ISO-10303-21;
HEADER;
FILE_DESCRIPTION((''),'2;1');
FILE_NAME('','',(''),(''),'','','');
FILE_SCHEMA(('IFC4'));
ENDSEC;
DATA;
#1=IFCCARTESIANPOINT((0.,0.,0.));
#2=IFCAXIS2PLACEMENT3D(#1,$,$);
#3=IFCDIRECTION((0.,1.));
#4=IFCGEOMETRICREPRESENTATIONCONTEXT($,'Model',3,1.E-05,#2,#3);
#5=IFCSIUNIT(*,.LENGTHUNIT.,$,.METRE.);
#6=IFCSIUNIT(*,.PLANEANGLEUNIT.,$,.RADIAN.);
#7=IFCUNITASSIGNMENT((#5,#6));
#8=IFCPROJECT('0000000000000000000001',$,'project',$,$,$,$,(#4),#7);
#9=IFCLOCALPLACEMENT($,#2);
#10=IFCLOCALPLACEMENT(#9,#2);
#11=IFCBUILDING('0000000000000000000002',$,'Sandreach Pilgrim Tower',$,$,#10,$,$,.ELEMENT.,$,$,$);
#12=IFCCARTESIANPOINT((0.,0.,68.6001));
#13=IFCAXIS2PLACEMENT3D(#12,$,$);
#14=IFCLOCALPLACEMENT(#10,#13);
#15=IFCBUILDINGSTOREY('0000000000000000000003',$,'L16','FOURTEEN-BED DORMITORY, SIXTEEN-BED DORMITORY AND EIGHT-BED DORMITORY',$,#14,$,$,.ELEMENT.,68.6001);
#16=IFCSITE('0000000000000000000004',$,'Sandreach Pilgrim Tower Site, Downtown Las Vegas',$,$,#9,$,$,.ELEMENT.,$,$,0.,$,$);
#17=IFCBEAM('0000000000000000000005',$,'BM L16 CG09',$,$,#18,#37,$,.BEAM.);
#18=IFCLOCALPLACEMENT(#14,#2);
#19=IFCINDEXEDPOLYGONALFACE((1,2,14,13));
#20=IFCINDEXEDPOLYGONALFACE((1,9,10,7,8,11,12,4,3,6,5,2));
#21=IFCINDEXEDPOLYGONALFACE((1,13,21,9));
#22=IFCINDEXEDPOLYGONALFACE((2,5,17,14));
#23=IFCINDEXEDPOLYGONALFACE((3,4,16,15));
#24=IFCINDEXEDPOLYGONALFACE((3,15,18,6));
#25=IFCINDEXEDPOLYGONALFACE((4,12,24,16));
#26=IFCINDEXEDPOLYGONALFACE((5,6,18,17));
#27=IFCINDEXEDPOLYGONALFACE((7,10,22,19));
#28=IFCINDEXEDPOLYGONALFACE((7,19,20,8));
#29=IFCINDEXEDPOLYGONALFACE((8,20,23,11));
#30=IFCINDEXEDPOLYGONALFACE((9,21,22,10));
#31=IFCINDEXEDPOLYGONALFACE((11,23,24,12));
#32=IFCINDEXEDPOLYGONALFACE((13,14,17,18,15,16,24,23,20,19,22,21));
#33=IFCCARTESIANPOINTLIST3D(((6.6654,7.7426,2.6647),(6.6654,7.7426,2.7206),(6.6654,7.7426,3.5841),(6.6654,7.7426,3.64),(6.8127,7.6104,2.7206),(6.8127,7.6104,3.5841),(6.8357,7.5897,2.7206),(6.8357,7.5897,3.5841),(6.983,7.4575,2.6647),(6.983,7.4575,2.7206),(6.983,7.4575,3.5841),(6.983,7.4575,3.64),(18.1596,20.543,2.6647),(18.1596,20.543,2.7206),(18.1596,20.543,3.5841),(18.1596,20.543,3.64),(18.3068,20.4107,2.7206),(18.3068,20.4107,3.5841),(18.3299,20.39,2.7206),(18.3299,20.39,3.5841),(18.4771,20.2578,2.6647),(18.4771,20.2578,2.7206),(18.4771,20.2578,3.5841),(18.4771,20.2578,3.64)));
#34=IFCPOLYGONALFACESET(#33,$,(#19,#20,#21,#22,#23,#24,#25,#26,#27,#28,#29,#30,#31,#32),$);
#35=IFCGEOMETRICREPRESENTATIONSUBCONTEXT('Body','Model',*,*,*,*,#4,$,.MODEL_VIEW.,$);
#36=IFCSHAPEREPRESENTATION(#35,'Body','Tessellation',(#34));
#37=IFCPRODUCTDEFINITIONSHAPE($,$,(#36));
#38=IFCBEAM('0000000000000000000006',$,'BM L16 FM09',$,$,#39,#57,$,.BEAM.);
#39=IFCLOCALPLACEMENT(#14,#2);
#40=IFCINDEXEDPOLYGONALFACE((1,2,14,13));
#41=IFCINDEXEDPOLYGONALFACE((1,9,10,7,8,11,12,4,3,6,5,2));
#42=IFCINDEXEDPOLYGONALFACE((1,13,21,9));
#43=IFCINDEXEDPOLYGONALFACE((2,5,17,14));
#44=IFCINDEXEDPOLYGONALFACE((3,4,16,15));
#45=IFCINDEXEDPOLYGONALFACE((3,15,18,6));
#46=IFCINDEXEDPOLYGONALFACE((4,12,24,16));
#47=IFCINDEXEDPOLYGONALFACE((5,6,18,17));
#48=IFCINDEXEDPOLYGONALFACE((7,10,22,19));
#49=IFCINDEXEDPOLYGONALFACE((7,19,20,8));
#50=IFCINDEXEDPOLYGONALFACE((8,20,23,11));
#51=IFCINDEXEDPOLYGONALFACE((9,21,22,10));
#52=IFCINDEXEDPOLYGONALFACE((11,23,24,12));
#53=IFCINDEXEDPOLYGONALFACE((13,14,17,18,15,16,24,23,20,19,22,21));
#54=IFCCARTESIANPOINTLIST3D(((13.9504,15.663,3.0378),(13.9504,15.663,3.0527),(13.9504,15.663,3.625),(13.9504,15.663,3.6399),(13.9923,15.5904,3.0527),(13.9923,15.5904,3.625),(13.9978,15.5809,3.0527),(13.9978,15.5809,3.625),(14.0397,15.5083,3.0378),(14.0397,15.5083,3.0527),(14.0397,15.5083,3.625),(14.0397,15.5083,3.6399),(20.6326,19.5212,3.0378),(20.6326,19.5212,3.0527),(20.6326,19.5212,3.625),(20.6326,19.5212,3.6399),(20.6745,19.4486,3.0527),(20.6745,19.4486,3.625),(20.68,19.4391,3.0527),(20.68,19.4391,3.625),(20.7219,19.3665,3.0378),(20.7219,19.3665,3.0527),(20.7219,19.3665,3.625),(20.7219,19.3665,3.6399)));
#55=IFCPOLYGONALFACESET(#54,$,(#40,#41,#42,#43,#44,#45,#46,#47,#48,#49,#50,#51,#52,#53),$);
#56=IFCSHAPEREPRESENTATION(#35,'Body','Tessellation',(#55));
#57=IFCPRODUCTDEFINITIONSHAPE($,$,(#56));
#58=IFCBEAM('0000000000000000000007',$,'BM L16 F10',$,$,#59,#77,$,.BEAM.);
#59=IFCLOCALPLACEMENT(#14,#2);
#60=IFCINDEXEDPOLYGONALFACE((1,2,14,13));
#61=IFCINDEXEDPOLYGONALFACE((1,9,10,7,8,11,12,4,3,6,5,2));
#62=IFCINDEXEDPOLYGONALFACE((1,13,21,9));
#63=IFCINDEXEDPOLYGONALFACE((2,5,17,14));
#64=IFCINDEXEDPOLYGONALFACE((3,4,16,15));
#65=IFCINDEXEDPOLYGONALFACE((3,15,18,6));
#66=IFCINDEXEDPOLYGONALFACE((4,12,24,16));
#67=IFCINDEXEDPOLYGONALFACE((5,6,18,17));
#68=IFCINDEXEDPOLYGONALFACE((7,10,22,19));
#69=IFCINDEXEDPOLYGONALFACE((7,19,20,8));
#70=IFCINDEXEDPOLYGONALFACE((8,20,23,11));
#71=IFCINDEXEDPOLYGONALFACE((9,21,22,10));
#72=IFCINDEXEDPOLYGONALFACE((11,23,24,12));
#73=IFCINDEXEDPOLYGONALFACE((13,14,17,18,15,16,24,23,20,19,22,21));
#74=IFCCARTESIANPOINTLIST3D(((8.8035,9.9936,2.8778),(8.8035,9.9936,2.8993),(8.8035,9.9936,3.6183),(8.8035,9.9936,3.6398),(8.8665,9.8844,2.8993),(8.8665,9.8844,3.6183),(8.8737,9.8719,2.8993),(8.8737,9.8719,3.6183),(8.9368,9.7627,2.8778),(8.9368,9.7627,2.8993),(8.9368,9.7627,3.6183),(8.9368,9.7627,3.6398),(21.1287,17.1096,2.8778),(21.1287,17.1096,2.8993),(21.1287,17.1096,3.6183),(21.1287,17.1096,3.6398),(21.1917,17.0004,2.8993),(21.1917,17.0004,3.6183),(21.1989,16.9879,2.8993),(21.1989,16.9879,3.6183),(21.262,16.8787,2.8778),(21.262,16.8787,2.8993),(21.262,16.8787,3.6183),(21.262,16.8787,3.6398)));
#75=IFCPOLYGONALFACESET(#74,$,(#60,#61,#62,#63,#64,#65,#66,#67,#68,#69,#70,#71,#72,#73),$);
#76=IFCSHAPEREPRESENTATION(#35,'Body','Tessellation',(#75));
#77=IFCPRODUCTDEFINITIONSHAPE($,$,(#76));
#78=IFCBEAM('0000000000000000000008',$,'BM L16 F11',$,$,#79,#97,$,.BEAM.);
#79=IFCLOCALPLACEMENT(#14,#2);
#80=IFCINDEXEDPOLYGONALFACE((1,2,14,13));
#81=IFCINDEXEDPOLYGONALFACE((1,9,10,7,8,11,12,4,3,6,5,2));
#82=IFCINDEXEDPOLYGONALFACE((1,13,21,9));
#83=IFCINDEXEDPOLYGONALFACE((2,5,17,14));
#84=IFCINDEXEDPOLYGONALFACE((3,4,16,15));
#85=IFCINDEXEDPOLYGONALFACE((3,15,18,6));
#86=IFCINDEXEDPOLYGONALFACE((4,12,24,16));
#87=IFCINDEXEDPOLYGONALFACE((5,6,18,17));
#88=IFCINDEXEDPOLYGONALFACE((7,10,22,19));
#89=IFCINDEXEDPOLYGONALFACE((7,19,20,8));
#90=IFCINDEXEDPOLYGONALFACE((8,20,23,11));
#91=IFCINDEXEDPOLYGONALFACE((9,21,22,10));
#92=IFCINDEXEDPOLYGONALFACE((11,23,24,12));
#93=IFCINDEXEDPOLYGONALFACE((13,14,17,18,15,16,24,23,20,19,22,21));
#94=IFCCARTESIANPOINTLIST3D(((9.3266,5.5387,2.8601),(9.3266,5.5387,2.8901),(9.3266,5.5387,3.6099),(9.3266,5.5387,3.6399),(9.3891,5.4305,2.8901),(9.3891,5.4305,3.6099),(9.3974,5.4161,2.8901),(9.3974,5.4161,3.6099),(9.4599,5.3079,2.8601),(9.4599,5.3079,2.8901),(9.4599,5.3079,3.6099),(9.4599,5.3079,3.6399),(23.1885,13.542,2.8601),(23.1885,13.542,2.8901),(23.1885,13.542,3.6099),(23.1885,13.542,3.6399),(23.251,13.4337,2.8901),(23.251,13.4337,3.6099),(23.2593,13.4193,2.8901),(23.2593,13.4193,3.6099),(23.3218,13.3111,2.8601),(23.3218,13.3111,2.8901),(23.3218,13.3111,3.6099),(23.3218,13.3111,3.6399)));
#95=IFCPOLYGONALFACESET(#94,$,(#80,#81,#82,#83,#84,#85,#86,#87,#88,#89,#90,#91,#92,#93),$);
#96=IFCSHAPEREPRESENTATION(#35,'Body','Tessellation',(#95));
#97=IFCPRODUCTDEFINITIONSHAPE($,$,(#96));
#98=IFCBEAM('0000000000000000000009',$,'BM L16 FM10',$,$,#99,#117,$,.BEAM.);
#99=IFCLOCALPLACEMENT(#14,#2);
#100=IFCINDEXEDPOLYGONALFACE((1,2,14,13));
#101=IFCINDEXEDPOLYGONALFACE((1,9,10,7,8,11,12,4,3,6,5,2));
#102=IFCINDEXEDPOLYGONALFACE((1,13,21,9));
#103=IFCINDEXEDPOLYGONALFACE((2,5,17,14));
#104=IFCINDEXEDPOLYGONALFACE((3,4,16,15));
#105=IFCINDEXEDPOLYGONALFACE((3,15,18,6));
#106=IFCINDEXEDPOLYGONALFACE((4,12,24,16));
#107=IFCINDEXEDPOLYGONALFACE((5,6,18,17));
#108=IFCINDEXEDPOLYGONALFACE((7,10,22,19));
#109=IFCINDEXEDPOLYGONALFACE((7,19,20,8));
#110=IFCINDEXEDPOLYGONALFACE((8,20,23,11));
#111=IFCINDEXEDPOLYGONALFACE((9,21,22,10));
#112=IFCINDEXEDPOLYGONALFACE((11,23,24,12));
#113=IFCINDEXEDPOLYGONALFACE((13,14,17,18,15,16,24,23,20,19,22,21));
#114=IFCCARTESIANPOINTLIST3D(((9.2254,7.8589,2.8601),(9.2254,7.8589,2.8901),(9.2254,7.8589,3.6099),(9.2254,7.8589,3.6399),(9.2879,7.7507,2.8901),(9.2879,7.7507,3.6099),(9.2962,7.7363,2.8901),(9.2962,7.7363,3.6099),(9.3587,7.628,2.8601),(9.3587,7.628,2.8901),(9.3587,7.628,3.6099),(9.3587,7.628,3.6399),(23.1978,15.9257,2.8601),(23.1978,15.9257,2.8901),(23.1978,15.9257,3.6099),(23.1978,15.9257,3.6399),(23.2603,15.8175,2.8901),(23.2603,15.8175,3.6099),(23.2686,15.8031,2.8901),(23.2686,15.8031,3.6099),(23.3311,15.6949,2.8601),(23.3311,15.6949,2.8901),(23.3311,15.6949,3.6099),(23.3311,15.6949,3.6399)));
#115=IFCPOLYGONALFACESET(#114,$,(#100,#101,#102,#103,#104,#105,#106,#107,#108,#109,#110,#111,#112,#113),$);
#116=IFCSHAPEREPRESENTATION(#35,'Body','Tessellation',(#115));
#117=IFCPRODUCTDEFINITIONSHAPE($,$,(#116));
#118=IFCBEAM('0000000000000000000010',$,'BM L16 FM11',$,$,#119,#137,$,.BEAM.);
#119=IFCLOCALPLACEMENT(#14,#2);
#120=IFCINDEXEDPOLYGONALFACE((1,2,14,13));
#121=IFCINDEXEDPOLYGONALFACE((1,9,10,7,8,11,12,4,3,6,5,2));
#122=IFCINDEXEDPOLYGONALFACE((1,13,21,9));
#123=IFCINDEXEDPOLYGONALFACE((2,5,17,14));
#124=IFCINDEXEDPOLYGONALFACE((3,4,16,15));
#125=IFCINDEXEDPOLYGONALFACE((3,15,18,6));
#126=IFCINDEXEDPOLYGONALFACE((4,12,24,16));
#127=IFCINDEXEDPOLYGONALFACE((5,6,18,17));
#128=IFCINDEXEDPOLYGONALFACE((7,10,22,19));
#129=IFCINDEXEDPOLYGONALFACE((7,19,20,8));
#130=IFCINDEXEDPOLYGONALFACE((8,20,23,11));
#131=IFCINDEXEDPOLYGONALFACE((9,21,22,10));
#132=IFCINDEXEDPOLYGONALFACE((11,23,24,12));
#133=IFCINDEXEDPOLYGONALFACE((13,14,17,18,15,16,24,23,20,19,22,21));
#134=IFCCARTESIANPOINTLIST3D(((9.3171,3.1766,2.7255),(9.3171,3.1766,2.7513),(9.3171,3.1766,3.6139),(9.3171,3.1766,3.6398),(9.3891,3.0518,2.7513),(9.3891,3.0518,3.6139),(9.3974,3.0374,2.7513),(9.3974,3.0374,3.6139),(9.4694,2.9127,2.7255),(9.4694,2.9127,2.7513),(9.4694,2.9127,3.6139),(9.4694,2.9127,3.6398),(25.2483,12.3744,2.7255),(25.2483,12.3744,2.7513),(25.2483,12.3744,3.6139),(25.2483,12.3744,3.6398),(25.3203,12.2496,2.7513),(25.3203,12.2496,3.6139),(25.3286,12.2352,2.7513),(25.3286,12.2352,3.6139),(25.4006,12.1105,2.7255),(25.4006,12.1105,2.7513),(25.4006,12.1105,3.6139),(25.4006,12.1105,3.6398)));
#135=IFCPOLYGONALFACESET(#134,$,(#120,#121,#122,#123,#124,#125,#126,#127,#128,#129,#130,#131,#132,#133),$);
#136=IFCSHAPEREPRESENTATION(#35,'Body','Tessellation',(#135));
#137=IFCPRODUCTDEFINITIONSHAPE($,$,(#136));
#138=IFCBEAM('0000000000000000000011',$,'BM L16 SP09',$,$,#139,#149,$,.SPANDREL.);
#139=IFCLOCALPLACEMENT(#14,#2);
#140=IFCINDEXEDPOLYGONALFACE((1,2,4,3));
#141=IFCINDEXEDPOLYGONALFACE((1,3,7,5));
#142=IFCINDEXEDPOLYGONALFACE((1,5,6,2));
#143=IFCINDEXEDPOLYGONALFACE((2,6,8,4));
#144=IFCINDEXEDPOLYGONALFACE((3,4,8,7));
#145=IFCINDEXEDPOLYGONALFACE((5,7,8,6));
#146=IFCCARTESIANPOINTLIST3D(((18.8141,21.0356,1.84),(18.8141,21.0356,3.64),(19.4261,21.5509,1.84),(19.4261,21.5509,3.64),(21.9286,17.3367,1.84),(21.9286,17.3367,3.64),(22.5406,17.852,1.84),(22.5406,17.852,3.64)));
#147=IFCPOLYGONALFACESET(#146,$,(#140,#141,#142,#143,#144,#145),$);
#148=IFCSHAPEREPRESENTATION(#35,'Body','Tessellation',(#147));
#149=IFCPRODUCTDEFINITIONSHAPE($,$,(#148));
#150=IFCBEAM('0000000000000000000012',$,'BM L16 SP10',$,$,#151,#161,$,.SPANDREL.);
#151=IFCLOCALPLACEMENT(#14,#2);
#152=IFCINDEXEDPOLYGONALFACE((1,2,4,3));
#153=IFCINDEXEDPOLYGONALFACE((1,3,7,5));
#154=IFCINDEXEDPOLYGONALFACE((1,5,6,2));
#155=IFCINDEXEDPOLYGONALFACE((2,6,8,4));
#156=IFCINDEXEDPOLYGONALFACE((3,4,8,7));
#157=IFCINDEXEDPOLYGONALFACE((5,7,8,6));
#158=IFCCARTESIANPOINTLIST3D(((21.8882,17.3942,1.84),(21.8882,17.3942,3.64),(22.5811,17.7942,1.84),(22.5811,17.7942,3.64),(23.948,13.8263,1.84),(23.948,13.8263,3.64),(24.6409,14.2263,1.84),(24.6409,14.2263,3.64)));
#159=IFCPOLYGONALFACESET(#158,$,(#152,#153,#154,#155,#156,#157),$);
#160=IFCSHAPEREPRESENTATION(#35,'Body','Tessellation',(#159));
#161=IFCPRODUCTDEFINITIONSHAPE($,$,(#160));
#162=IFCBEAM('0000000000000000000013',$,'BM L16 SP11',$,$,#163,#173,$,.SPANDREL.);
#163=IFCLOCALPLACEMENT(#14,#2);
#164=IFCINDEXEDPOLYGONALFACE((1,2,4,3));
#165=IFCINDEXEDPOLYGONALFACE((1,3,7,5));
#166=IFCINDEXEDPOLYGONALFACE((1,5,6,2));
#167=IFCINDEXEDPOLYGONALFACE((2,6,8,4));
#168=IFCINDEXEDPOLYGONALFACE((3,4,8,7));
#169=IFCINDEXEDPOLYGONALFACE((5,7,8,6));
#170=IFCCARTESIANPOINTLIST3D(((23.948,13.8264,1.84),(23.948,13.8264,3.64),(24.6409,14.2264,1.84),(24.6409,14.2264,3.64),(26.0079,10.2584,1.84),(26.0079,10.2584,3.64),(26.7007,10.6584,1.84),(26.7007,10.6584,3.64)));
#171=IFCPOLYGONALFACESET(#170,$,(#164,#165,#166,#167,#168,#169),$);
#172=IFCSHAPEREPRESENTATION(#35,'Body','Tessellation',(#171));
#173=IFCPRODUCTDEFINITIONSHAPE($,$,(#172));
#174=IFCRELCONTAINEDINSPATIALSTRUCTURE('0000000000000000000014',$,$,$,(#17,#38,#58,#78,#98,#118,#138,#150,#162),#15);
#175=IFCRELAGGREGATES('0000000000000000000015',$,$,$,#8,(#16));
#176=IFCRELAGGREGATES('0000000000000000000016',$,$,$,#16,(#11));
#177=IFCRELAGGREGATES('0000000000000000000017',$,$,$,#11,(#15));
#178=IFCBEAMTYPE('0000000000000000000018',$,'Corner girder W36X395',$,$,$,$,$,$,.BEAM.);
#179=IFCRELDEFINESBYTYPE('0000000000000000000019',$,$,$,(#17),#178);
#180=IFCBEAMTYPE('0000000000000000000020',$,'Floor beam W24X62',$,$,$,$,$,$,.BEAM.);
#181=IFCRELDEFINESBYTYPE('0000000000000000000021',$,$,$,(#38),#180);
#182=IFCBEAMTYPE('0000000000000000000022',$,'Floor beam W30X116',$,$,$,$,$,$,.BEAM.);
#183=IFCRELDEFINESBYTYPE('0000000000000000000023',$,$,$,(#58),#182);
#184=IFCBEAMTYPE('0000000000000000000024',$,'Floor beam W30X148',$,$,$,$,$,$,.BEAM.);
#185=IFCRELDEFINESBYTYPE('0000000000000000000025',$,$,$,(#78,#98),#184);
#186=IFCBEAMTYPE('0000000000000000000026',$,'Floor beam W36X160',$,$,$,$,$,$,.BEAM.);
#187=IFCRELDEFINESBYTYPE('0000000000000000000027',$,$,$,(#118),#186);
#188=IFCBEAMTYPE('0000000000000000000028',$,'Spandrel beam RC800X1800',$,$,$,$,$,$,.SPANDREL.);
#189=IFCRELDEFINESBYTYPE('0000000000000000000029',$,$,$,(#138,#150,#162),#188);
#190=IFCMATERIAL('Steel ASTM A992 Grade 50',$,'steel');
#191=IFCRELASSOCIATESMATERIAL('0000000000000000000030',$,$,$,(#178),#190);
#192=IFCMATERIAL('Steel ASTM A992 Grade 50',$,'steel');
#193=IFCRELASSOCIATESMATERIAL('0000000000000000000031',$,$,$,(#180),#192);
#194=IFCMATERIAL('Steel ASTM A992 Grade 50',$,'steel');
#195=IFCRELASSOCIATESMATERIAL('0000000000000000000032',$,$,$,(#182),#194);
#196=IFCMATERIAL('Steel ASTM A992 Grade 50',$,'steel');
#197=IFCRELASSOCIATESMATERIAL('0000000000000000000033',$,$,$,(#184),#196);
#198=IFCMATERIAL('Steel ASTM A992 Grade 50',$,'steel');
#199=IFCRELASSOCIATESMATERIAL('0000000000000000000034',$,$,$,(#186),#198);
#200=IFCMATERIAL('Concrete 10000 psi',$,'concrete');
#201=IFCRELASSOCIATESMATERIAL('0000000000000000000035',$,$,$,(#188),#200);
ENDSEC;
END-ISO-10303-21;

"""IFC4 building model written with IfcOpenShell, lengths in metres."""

from ifc_helpers import new_model, si_unit, direction, frame, origin, origin_2d, place, context, subcontext, project, spatial, rectangle, i_section, extrude, material, material_profile, profile_set, type_object, element, save


model = new_model("IFC4")

# Units and contexts
model_context = context("Model", 3, precision=1e-05, world=origin(), true_north=direction((0.0, 1.0)))
body_context = subcontext(model_context, "Body", "Model", "MODEL_VIEW")
ifc_project = project(units=[si_unit("LENGTHUNIT", "METRE"), si_unit("PLANEANGLEUNIT", "RADIAN")], contexts=[model_context])

# Site, building, storey
site_placement = place(None, origin())
site = spatial("IfcSite", under=ifc_project, at=site_placement, Name="Sandreach Pilgrim Tower Site, Downtown Las Vegas", CompositionType="ELEMENT", RefElevation=0.0)
building_placement = place(site_placement, origin())
building = spatial("IfcBuilding", under=site, at=building_placement, Name="Sandreach Pilgrim Tower", CompositionType="ELEMENT")
storey_placement = place(building_placement, frame((0.0, 0.0, 68.6001)))
storey = spatial("IfcBuildingStorey", under=building, at=storey_placement, Name="L16", Description="FOURTEEN-BED DORMITORY, SIXTEEN-BED DORMITORY AND EIGHT-BED DORMITORY", CompositionType="ELEMENT", Elevation=68.6001)

# Beams
ifc_material_1 = material(Name="Steel ASTM A992 Grade 50", Category="steel")
ifc_material_profile_1 = material_profile(ifc_material_1, i_section(OverallWidth=0.4268, OverallDepth=0.9753, WebThickness=0.031, FlangeThickness=0.0559, at=origin_2d()), Name="W36X395")
ifc_profile_set_1 = profile_set([ifc_material_profile_1], Name="Steel ASTM A992 Grade 50")
beam_type_1 = type_object("IfcBeamType", Name="Corner girder W36X395", PredefinedType="BEAM", material=ifc_profile_set_1)
beam_1_placement = place(storey_placement, frame((18.3184, 20.4004, 3.1523), z_axis=(-0.668125, -0.744049, 0.0), x_axis=(0.744049, -0.668125, 0.0)))
element("IfcBeam", 1, at=beam_1_placement, inside=storey, type_object=beam_type_1, Name="BM L16 CG09", PredefinedType="BEAM", context=body_context, shape_type="SweptSolid", body=[
    extrude(i_section(OverallWidth=0.4268, OverallDepth=0.9753, WebThickness=0.031, FlangeThickness=0.0559, at=origin_2d()), origin(), (0.0, 0.0, 1.0), 17.2036),
])
ifc_material_2 = material(Name="Steel ASTM A992 Grade 50", Category="steel")
ifc_material_profile_2 = material_profile(ifc_material_2, i_section(OverallWidth=0.1787, OverallDepth=0.6021, WebThickness=0.011, FlangeThickness=0.0149, at=origin_2d()), Name="W24X62")
ifc_profile_set_2 = profile_set([ifc_material_profile_2], Name="Steel ASTM A992 Grade 50")
beam_type_2 = type_object("IfcBeamType", Name="Floor beam W24X62", PredefinedType="BEAM", material=ifc_profile_set_2)
beam_2_placement = place(storey_placement, frame((20.6772, 19.4438, 3.3389), z_axis=(-0.866013, -0.500022, 0.0), x_axis=(0.500022, -0.866013, 0.0)))
element("IfcBeam", 2, at=beam_2_placement, inside=storey, type_object=beam_type_2, Name="BM L16 FM09", PredefinedType="BEAM", context=body_context, shape_type="SweptSolid", body=[
    extrude(i_section(OverallWidth=0.1787, OverallDepth=0.6021, WebThickness=0.011, FlangeThickness=0.0149, at=origin_2d()), origin(), (0.0, 0.0, 1.0), 7.7161),
])
ifc_material_3 = material(Name="Steel ASTM A992 Grade 50", Category="steel")
ifc_material_profile_3 = material_profile(ifc_material_3, i_section(OverallWidth=0.2666, OverallDepth=0.762, WebThickness=0.0144, FlangeThickness=0.0215, at=origin_2d()), Name="W30X116")
ifc_profile_set_3 = profile_set([ifc_material_profile_3], Name="Steel ASTM A992 Grade 50")
beam_type_3 = type_object("IfcBeamType", Name="Floor beam W30X116", PredefinedType="BEAM", material=ifc_profile_set_3)
beam_3_placement = place(storey_placement, frame((21.1953, 16.9941, 3.2588), z_axis=(-0.866025, -0.500001, 0.0), x_axis=(0.500001, -0.866025, 0.0)))
element("IfcBeam", 3, at=beam_3_placement, inside=storey, type_object=beam_type_3, Name="BM L16 F10", PredefinedType="BEAM", context=body_context, shape_type="SweptSolid", body=[
    extrude(i_section(OverallWidth=0.2666, OverallDepth=0.762, WebThickness=0.0144, FlangeThickness=0.0215, at=origin_2d()), origin(), (0.0, 0.0, 1.0), 14.2319),
])
ifc_material_4 = material(Name="Steel ASTM A992 Grade 50", Category="steel")
ifc_material_profile_4 = material_profile(ifc_material_4, i_section(OverallWidth=0.2666, OverallDepth=0.7798, WebThickness=0.0166, FlangeThickness=0.03, at=origin_2d()), Name="W30X148")
ifc_profile_set_4 = profile_set([ifc_material_profile_4], Name="Steel ASTM A992 Grade 50")
beam_type_4 = type_object("IfcBeamType", Name="Floor beam W30X148", PredefinedType="BEAM", material=ifc_profile_set_4)
beam_4_placement = place(storey_placement, frame((23.2551, 13.4265, 3.25), z_axis=(-0.866024, -0.500002, 0.0), x_axis=(0.500002, -0.866024, 0.0)))
element("IfcBeam", 4, at=beam_4_placement, inside=storey, type_object=beam_type_4, Name="BM L16 F11", PredefinedType="BEAM", context=body_context, shape_type="SweptSolid", body=[
    extrude(i_section(OverallWidth=0.2666, OverallDepth=0.7798, WebThickness=0.0166, FlangeThickness=0.03, at=origin_2d()), origin(), (0.0, 0.0, 1.0), 16.0063),
])
beam_5_placement = place(storey_placement, frame((23.2644, 15.8103, 3.25), z_axis=(-0.866028, -0.499996, 0.0), x_axis=(0.499996, -0.866028, 0.0)))
element("IfcBeam", 5, at=beam_5_placement, inside=storey, type_object=beam_type_4, Name="BM L16 FM10", PredefinedType="BEAM", context=body_context, shape_type="SweptSolid", body=[
    extrude(i_section(OverallWidth=0.2666, OverallDepth=0.7798, WebThickness=0.0166, FlangeThickness=0.03, at=origin_2d()), origin(), (0.0, 0.0, 1.0), 16.1338),
])
ifc_material_5 = material(Name="Steel ASTM A992 Grade 50", Category="steel")
ifc_material_profile_5 = material_profile(ifc_material_5, i_section(OverallWidth=0.3047, OverallDepth=0.9143, WebThickness=0.0166, FlangeThickness=0.0259, at=origin_2d()), Name="W36X160")
ifc_profile_set_5 = profile_set([ifc_material_profile_5], Name="Steel ASTM A992 Grade 50")
beam_type_5 = type_object("IfcBeamType", Name="Floor beam W36X160", PredefinedType="BEAM", material=ifc_profile_set_5)
beam_6_placement = place(storey_placement, frame((25.3245, 12.2424, 3.1826), z_axis=(-0.866028, -0.499996, 0.0), x_axis=(0.499996, -0.866028, 0.0)))
element("IfcBeam", 6, at=beam_6_placement, inside=storey, type_object=beam_type_5, Name="BM L16 FM11", PredefinedType="BEAM", context=body_context, shape_type="SweptSolid", body=[
    extrude(i_section(OverallWidth=0.3047, OverallDepth=0.9143, WebThickness=0.0166, FlangeThickness=0.0259, at=origin_2d()), origin(), (0.0, 0.0, 1.0), 18.3958),
])
ifc_material_6 = material(Name="Concrete 10000 psi", Category="concrete")
ifc_material_profile_6 = material_profile(ifc_material_6, rectangle(XDim=0.8, YDim=1.8, at=origin_2d()), Name="RC800X1800")
ifc_profile_set_6 = profile_set([ifc_material_profile_6], Name="Concrete 10000 psi")
beam_type_6 = type_object("IfcBeamType", Name="Spandrel beam RC800X1800", PredefinedType="SPANDREL", material=ifc_profile_set_6)
beam_7_placement = place(storey_placement, frame((19.1201, 21.2932, 2.74), z_axis=(0.644084, -0.764954, 0.0), x_axis=(0.764954, 0.644084, 0.0)))
element("IfcBeam", 7, at=beam_7_placement, inside=storey, type_object=beam_type_6, Name="BM L16 SP09", PredefinedType="SPANDREL", context=body_context, shape_type="SweptSolid", body=[
    extrude(rectangle(XDim=0.8, YDim=1.8, at=origin_2d()), origin(), (0.0, 0.0, 1.0), 4.8354),
])
for number, where, z_axis, x_axis, name in (
    (8, (22.2346, 17.5942, 2.74), (0.499982, -0.866036, 0.0), (0.866036, 0.499982, 0.0), "BM L16 SP10"),
    (9, (24.2944, 14.0264, 2.74), (0.499982, -0.866036, 0.0), (0.866036, 0.499982, 0.0), "BM L16 SP11"),
):
    element("IfcBeam", number, at=place(storey_placement, frame(where, z_axis=z_axis, x_axis=x_axis)), inside=storey, type_object=beam_type_6, Name=name, PredefinedType="SPANDREL", context=body_context, shape_type="SweptSolid", body=[
        extrude(rectangle(XDim=0.8, YDim=1.8, at=origin_2d()), origin(), (0.0, 0.0, 1.0), 4.1199),
    ])

save(model, "model.ifc")
